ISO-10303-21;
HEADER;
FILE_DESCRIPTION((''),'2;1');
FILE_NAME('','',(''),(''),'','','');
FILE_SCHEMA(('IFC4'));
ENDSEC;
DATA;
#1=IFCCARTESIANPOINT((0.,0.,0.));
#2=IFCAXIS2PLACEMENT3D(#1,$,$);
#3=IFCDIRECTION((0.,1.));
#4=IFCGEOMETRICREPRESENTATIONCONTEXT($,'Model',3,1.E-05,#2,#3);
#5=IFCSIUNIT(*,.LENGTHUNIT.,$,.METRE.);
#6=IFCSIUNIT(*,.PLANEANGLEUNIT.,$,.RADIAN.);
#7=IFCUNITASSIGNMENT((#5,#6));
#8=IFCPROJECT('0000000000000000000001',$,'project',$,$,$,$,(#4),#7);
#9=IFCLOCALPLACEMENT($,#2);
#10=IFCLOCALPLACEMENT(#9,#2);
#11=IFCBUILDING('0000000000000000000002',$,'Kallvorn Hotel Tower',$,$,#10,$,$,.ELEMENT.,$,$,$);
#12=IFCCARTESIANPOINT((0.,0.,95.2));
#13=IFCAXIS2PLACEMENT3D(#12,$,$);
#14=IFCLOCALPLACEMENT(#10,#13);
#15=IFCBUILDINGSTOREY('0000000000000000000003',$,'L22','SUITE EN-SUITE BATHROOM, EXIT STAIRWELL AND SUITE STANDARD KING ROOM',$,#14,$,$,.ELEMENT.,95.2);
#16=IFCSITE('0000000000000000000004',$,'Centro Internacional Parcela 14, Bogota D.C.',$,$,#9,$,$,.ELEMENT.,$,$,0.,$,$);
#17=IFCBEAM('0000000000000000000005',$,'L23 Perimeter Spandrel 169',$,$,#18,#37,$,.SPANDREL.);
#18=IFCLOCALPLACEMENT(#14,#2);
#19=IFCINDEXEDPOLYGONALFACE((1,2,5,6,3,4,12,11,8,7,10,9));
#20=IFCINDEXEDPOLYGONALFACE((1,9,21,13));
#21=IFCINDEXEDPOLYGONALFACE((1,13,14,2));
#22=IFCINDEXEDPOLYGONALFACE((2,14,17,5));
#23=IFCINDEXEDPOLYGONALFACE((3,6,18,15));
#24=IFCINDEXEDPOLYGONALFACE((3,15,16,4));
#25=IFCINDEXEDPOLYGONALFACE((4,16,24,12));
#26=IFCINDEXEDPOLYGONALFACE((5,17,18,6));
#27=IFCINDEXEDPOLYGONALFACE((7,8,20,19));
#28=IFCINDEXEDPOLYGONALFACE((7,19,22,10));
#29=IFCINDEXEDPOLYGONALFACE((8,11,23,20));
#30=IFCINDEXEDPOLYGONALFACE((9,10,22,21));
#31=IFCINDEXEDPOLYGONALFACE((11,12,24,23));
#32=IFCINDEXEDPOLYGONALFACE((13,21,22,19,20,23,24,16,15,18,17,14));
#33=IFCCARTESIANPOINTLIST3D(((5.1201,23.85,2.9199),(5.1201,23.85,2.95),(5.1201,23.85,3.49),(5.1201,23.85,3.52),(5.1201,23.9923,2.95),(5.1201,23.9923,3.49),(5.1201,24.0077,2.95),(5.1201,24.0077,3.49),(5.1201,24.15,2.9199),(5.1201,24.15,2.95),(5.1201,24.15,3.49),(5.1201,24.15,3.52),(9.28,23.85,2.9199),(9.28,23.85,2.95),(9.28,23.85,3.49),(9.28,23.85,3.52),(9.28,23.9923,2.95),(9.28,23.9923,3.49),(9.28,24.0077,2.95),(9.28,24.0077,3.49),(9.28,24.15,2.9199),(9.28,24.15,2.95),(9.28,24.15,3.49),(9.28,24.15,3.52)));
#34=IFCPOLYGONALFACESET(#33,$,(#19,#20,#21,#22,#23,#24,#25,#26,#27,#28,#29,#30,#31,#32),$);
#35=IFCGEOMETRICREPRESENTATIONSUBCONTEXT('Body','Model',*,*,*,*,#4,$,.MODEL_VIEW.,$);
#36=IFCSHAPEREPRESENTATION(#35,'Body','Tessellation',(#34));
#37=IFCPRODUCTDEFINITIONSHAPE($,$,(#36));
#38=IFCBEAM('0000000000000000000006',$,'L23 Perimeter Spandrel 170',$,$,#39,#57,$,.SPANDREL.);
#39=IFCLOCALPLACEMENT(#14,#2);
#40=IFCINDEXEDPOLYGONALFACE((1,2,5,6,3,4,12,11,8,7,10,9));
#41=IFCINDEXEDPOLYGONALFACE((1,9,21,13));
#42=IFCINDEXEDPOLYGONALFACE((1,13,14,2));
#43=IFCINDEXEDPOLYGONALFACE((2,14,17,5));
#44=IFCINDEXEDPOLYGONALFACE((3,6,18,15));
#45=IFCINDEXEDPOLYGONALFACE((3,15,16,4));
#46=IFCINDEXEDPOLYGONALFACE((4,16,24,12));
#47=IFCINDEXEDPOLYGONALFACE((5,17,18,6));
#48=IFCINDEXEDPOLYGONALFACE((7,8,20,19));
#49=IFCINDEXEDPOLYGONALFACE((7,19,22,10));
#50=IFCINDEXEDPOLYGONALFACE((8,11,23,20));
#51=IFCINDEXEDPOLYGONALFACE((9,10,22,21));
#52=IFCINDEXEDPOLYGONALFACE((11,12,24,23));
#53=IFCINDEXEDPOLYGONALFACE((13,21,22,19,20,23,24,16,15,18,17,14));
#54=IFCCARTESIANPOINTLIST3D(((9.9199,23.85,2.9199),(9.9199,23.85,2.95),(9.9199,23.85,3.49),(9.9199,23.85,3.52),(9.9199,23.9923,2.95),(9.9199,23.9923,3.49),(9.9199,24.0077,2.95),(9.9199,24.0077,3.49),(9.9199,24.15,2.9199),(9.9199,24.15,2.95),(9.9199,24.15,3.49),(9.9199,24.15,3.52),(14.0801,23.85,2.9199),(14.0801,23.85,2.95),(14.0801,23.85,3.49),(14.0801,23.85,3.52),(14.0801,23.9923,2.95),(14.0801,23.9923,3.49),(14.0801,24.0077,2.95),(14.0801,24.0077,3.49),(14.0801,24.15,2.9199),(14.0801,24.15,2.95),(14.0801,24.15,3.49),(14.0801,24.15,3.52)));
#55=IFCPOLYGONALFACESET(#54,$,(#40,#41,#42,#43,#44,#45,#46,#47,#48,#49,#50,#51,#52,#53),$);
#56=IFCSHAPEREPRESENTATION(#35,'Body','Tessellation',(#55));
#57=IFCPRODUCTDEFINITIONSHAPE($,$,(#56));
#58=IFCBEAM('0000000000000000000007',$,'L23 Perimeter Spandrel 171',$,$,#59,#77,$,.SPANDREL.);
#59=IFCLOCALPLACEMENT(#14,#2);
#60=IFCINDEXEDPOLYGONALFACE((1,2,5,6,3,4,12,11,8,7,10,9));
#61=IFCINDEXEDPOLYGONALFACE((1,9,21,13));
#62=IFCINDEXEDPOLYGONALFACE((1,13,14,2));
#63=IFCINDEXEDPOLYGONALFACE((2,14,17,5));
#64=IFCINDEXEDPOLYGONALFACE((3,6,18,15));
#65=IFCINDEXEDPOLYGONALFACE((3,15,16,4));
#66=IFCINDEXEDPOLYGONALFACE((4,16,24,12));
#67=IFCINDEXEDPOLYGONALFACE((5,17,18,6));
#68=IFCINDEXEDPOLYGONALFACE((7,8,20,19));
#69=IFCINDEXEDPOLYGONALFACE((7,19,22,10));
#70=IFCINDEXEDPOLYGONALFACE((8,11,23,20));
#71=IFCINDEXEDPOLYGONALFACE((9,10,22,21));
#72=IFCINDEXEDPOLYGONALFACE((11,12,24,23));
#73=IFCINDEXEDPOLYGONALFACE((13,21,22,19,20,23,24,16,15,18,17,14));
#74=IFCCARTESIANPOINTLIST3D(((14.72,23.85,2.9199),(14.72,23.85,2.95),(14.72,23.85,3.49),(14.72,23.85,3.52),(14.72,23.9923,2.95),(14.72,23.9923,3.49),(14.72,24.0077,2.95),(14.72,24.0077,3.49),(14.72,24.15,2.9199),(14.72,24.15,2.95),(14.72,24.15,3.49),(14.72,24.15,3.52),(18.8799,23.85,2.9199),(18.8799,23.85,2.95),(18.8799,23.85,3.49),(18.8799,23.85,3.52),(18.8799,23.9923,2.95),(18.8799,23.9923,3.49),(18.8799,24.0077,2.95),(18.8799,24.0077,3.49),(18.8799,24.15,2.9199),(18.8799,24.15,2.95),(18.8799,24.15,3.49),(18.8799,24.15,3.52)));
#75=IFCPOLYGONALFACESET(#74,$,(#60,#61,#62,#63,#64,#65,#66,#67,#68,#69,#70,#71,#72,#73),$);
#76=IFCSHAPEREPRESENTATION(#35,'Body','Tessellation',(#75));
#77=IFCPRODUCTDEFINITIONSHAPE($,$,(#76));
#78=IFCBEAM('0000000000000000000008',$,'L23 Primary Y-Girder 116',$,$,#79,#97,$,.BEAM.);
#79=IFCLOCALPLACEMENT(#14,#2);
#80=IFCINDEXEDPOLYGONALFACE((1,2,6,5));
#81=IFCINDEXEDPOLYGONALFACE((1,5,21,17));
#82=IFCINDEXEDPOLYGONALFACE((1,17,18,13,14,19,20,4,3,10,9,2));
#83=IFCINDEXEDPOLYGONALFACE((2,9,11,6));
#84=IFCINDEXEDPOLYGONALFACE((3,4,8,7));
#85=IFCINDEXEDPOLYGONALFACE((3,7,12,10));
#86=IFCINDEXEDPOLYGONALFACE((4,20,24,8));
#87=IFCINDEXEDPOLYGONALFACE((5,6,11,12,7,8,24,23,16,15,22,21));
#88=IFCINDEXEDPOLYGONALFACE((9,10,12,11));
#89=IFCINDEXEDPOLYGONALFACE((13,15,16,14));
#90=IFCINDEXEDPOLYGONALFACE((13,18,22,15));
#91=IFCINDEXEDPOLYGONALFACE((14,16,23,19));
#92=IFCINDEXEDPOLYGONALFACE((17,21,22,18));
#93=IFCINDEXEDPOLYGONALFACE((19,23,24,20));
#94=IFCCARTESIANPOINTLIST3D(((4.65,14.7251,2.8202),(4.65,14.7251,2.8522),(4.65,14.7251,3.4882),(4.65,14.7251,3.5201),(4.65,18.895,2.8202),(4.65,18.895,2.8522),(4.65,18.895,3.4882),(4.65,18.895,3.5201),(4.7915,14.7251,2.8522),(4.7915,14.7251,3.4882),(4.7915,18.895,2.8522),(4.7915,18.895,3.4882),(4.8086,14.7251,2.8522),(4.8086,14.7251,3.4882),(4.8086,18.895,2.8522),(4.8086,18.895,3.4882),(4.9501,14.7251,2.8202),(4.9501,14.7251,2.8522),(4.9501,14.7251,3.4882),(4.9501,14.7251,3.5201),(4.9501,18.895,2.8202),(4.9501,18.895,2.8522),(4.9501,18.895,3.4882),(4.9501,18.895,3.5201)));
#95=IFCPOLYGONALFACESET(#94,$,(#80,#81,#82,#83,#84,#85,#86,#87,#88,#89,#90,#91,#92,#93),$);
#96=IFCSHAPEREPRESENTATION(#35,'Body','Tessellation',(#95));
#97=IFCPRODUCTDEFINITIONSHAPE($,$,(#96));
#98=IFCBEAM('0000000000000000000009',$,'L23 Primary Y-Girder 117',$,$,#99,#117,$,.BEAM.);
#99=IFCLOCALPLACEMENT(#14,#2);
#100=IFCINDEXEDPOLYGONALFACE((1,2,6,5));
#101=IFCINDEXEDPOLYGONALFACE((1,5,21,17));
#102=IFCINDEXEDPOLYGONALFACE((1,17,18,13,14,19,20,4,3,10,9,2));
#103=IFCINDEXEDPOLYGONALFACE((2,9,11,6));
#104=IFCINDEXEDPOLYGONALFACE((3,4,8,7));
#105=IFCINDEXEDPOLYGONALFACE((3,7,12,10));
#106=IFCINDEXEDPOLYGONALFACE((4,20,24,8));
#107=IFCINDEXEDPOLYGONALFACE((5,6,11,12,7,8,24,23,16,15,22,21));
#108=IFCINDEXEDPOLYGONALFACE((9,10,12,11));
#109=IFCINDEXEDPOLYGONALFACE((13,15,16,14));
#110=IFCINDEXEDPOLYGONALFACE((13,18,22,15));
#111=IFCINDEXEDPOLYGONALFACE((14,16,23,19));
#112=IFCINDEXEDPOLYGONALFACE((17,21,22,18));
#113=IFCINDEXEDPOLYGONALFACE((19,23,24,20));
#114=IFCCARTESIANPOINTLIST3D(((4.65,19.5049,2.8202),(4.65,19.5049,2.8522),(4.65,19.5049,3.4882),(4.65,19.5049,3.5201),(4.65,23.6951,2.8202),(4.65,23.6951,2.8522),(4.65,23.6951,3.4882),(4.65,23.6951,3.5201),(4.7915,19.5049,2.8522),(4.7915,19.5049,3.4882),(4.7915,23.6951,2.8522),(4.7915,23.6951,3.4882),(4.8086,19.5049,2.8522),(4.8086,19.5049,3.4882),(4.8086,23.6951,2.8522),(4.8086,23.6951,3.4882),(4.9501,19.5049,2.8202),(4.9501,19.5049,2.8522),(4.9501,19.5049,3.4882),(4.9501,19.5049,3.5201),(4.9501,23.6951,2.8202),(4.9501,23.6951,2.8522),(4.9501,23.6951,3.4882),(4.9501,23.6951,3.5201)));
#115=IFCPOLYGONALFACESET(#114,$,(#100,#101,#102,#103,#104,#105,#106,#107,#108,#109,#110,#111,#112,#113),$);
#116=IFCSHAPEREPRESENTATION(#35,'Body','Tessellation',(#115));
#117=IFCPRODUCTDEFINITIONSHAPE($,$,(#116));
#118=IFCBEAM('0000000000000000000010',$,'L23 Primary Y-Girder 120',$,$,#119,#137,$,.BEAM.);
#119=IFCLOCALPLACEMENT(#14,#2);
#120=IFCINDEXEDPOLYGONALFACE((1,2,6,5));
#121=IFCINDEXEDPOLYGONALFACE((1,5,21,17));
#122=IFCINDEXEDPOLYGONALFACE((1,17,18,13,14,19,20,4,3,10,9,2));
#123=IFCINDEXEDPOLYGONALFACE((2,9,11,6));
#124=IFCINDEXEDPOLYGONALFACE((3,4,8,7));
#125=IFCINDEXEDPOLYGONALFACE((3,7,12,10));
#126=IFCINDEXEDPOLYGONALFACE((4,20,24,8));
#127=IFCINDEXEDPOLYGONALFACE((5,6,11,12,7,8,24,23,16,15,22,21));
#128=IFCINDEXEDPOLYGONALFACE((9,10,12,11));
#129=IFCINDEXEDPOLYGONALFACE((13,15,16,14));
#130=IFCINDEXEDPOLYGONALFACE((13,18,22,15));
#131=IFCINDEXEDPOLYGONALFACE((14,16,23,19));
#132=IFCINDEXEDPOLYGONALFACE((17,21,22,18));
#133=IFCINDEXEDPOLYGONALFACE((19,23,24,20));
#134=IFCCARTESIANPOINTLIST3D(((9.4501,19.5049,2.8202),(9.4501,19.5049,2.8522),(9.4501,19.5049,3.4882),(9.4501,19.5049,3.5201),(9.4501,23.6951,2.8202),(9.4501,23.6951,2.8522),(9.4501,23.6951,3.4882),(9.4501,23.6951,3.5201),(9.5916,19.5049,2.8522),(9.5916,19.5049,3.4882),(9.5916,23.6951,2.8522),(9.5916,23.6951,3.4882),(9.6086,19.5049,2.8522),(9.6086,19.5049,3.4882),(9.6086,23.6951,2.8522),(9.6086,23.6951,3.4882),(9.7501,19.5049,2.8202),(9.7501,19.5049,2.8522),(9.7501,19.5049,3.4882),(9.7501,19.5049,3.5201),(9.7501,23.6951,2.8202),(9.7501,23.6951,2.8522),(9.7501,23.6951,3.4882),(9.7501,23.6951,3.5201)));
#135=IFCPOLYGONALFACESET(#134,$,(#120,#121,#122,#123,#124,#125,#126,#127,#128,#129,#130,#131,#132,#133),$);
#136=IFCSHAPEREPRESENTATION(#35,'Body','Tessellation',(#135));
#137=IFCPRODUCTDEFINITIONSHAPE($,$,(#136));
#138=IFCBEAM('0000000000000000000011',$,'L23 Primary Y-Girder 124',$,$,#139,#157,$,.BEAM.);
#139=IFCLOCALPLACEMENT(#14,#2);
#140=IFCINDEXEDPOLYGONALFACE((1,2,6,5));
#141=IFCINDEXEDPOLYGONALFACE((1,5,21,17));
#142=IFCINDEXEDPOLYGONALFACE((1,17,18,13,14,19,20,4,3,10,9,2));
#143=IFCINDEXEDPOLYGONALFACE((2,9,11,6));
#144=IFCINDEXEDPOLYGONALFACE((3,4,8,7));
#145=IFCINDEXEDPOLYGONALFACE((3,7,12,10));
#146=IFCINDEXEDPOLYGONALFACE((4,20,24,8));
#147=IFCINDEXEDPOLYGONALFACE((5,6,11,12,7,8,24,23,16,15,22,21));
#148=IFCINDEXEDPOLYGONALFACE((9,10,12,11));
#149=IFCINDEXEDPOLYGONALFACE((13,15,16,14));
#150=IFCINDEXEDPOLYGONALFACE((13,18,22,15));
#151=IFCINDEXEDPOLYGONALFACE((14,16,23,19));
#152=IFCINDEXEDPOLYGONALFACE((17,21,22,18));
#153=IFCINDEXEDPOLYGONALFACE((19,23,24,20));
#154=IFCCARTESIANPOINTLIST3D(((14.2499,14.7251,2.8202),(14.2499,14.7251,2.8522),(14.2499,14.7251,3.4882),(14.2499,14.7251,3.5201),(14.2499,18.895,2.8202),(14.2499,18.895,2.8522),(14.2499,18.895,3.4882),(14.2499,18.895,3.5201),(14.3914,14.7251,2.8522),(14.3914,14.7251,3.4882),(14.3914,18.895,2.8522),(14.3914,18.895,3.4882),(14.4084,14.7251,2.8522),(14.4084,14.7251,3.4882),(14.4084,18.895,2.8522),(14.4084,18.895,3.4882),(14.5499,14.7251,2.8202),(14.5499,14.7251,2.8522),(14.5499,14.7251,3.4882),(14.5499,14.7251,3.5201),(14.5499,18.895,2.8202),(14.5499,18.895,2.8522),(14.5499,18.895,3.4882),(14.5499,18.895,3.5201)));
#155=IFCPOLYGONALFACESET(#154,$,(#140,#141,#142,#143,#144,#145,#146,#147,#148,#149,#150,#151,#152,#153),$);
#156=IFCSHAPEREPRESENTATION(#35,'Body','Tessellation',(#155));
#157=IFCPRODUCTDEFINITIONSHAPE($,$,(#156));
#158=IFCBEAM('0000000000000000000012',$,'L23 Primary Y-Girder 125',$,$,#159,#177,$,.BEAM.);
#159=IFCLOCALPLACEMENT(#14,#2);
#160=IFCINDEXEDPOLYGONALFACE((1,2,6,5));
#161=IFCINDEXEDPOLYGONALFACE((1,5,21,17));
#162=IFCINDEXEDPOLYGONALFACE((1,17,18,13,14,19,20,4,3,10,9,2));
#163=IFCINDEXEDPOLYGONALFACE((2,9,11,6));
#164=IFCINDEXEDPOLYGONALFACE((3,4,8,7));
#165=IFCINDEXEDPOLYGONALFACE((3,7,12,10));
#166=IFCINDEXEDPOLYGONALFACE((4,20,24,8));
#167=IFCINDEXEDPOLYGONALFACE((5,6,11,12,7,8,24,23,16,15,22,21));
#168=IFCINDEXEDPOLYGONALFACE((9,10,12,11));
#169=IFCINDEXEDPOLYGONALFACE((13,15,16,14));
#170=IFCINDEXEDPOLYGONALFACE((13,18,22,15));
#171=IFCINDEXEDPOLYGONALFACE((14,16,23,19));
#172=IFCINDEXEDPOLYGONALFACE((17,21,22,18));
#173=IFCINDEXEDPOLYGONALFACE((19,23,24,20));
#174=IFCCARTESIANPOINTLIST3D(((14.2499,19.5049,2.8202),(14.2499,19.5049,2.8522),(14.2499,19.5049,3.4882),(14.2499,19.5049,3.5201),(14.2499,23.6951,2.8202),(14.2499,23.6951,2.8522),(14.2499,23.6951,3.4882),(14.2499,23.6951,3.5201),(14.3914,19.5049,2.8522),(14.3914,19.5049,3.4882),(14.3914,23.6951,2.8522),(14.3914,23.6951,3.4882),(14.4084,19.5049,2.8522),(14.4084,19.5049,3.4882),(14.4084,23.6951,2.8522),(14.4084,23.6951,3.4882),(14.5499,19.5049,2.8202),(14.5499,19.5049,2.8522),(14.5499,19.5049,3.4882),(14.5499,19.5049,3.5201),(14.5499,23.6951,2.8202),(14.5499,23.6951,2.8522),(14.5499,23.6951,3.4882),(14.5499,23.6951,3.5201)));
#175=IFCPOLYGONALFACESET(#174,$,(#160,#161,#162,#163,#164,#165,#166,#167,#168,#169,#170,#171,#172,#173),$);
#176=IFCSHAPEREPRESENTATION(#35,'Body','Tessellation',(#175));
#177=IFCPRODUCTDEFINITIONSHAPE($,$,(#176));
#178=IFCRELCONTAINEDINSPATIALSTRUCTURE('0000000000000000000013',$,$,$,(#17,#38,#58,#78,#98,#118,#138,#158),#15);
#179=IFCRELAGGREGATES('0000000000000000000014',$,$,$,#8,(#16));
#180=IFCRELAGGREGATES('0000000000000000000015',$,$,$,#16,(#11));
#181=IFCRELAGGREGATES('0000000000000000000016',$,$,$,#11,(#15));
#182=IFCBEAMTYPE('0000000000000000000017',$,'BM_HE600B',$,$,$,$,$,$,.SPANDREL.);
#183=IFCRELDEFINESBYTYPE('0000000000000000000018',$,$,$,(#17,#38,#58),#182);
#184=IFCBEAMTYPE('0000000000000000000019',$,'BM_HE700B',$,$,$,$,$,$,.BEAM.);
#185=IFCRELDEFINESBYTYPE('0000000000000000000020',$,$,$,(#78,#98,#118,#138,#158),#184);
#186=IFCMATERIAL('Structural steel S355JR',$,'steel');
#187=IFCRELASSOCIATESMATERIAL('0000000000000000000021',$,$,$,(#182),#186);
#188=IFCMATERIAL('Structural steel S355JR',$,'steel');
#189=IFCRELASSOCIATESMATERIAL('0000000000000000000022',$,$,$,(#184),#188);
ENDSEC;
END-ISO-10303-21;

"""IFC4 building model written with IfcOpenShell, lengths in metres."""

from ifc_helpers import new_model, si_unit, direction, frame, origin, origin_2d, place, context, subcontext, project, spatial, i_section, extrude, material, material_profile, profile_set, type_object, element, save


model = new_model("IFC4")

# Units and contexts
model_context = context("Model", 3, precision=1e-05, world=origin(), true_north=direction((0.0, 1.0)))
body_context = subcontext(model_context, "Body", "Model", "MODEL_VIEW")
ifc_project = project(units=[si_unit("LENGTHUNIT", "METRE"), si_unit("PLANEANGLEUNIT", "RADIAN")], contexts=[model_context])

# Site, building, storey
site_placement = place(None, origin())
site = spatial("IfcSite", under=ifc_project, at=site_placement, Name="Centro Internacional Parcela 14, Bogota D.C.", CompositionType="ELEMENT", RefElevation=0.0)
building_placement = place(site_placement, origin())
building = spatial("IfcBuilding", under=site, at=building_placement, Name="Kallvorn Hotel Tower", CompositionType="ELEMENT")
storey_placement = place(building_placement, frame((0.0, 0.0, 95.2)))
storey = spatial("IfcBuildingStorey", under=building, at=storey_placement, Name="L22", Description="SUITE EN-SUITE BATHROOM, EXIT STAIRWELL AND SUITE STANDARD KING ROOM", CompositionType="ELEMENT", Elevation=95.2)

# Beams
ifc_material_1 = material(Name="Structural steel S355JR", Category="steel")
ifc_material_profile_1 = material_profile(ifc_material_1, i_section(OverallWidth=0.3, OverallDepth=0.6001, WebThickness=0.0154, FlangeThickness=0.03, at=origin_2d()), Name="HE 600 B")
ifc_profile_set_1 = profile_set([ifc_material_profile_1], Name="Structural steel S355JR")
beam_type_1 = type_object("IfcBeamType", Name="BM_HE600B", PredefinedType="SPANDREL", material=ifc_profile_set_1)
for number, where, z_axis, x_axis, name in (
    (1, (5.1201, 24.0, 3.22), (1.0, 0.0, 0.0), (0.0, 1.0, 0.0), "L23 Perimeter Spandrel 169"),
):
    element("IfcBeam", number, at=place(storey_placement, frame(where, z_axis=z_axis, x_axis=x_axis)), inside=storey, type_object=beam_type_1, Name=name, PredefinedType="SPANDREL", context=body_context, shape_type="SweptSolid", body=[
        extrude(i_section(OverallWidth=0.3, OverallDepth=0.6001, WebThickness=0.0154, FlangeThickness=0.03, at=origin_2d()), origin(), (0.0, 0.0, 1.0), 4.1599),
    ])
beam_1_placement = place(storey_placement, frame((9.9199, 24.0, 3.22), z_axis=(1.0, 0.0, 0.0), x_axis=(0.0, 1.0, 0.0)))
element("IfcBeam", 2, at=beam_1_placement, inside=storey, type_object=beam_type_1, Name="L23 Perimeter Spandrel 170", PredefinedType="SPANDREL", context=body_context, shape_type="SweptSolid", body=[
    extrude(i_section(OverallWidth=0.3, OverallDepth=0.6001, WebThickness=0.0154, FlangeThickness=0.03, at=origin_2d()), origin(), (0.0, 0.0, 1.0), 4.1602),
])
beam_2_placement = place(storey_placement, frame((14.72, 24.0, 3.22), z_axis=(1.0, 0.0, 0.0), x_axis=(0.0, 1.0, 0.0)))
element("IfcBeam", 3, at=beam_2_placement, inside=storey, type_object=beam_type_1, Name="L23 Perimeter Spandrel 171", PredefinedType="SPANDREL", context=body_context, shape_type="SweptSolid", body=[
    extrude(i_section(OverallWidth=0.3, OverallDepth=0.6001, WebThickness=0.0154, FlangeThickness=0.03, at=origin_2d()), origin(), (0.0, 0.0, 1.0), 4.1599),
])
ifc_material_2 = material(Name="Structural steel S355JR", Category="steel")
ifc_material_profile_2 = material_profile(ifc_material_2, i_section(OverallWidth=0.3, OverallDepth=0.7, WebThickness=0.0171, FlangeThickness=0.032, at=origin_2d()), Name="HE 700 B")
ifc_profile_set_2 = profile_set([ifc_material_profile_2], Name="Structural steel S355JR")
beam_type_2 = type_object("IfcBeamType", Name="BM_HE700B", PredefinedType="BEAM", material=ifc_profile_set_2)
beam_3_placement = place(storey_placement, frame((4.8, 14.7251, 3.1702), z_axis=(0.0, 1.0, 0.0), x_axis=(-1.0, 0.0, 0.0)))
element("IfcBeam", 4, at=beam_3_placement, inside=storey, type_object=beam_type_2, Name="L23 Primary Y-Girder 116", PredefinedType="BEAM", context=body_context, shape_type="SweptSolid", body=[
    extrude(i_section(OverallWidth=0.3, OverallDepth=0.7, WebThickness=0.0171, FlangeThickness=0.032, at=origin_2d()), origin(), (0.0, 0.0, 1.0), 4.1699),
])
for number, where, z_axis, x_axis, name in (
    (5, (4.8, 19.5049, 3.1702), (0.0, 1.0, 0.0), (-1.0, 0.0, 0.0), "L23 Primary Y-Girder 117"),
    (6, (9.6001, 19.5049, 3.1702), (0.0, 1.0, 0.0), (-1.0, 0.0, 0.0), "L23 Primary Y-Girder 120"),
):
    element("IfcBeam", number, at=place(storey_placement, frame(where, z_axis=z_axis, x_axis=x_axis)), inside=storey, type_object=beam_type_2, Name=name, PredefinedType="BEAM", context=body_context, shape_type="SweptSolid", body=[
        extrude(i_section(OverallWidth=0.3, OverallDepth=0.7, WebThickness=0.0171, FlangeThickness=0.032, at=origin_2d()), origin(), (0.0, 0.0, 1.0), 4.1902),
    ])
beam_4_placement = place(storey_placement, frame((14.3999, 14.7251, 3.1702), z_axis=(0.0, 1.0, 0.0), x_axis=(-1.0, 0.0, 0.0)))
element("IfcBeam", 7, at=beam_4_placement, inside=storey, type_object=beam_type_2, Name="L23 Primary Y-Girder 124", PredefinedType="BEAM", context=body_context, shape_type="SweptSolid", body=[
    extrude(i_section(OverallWidth=0.3, OverallDepth=0.7, WebThickness=0.0171, FlangeThickness=0.032, at=origin_2d()), origin(), (0.0, 0.0, 1.0), 4.1699),
])
beam_5_placement = place(storey_placement, frame((14.3999, 19.5049, 3.1702), z_axis=(0.0, 1.0, 0.0), x_axis=(-1.0, 0.0, 0.0)))
element("IfcBeam", 8, at=beam_5_placement, inside=storey, type_object=beam_type_2, Name="L23 Primary Y-Girder 125", PredefinedType="BEAM", context=body_context, shape_type="SweptSolid", body=[
    extrude(i_section(OverallWidth=0.3, OverallDepth=0.7, WebThickness=0.0171, FlangeThickness=0.032, at=origin_2d()), origin(), (0.0, 0.0, 1.0), 4.1902),
])

save(model, "model.ifc")
